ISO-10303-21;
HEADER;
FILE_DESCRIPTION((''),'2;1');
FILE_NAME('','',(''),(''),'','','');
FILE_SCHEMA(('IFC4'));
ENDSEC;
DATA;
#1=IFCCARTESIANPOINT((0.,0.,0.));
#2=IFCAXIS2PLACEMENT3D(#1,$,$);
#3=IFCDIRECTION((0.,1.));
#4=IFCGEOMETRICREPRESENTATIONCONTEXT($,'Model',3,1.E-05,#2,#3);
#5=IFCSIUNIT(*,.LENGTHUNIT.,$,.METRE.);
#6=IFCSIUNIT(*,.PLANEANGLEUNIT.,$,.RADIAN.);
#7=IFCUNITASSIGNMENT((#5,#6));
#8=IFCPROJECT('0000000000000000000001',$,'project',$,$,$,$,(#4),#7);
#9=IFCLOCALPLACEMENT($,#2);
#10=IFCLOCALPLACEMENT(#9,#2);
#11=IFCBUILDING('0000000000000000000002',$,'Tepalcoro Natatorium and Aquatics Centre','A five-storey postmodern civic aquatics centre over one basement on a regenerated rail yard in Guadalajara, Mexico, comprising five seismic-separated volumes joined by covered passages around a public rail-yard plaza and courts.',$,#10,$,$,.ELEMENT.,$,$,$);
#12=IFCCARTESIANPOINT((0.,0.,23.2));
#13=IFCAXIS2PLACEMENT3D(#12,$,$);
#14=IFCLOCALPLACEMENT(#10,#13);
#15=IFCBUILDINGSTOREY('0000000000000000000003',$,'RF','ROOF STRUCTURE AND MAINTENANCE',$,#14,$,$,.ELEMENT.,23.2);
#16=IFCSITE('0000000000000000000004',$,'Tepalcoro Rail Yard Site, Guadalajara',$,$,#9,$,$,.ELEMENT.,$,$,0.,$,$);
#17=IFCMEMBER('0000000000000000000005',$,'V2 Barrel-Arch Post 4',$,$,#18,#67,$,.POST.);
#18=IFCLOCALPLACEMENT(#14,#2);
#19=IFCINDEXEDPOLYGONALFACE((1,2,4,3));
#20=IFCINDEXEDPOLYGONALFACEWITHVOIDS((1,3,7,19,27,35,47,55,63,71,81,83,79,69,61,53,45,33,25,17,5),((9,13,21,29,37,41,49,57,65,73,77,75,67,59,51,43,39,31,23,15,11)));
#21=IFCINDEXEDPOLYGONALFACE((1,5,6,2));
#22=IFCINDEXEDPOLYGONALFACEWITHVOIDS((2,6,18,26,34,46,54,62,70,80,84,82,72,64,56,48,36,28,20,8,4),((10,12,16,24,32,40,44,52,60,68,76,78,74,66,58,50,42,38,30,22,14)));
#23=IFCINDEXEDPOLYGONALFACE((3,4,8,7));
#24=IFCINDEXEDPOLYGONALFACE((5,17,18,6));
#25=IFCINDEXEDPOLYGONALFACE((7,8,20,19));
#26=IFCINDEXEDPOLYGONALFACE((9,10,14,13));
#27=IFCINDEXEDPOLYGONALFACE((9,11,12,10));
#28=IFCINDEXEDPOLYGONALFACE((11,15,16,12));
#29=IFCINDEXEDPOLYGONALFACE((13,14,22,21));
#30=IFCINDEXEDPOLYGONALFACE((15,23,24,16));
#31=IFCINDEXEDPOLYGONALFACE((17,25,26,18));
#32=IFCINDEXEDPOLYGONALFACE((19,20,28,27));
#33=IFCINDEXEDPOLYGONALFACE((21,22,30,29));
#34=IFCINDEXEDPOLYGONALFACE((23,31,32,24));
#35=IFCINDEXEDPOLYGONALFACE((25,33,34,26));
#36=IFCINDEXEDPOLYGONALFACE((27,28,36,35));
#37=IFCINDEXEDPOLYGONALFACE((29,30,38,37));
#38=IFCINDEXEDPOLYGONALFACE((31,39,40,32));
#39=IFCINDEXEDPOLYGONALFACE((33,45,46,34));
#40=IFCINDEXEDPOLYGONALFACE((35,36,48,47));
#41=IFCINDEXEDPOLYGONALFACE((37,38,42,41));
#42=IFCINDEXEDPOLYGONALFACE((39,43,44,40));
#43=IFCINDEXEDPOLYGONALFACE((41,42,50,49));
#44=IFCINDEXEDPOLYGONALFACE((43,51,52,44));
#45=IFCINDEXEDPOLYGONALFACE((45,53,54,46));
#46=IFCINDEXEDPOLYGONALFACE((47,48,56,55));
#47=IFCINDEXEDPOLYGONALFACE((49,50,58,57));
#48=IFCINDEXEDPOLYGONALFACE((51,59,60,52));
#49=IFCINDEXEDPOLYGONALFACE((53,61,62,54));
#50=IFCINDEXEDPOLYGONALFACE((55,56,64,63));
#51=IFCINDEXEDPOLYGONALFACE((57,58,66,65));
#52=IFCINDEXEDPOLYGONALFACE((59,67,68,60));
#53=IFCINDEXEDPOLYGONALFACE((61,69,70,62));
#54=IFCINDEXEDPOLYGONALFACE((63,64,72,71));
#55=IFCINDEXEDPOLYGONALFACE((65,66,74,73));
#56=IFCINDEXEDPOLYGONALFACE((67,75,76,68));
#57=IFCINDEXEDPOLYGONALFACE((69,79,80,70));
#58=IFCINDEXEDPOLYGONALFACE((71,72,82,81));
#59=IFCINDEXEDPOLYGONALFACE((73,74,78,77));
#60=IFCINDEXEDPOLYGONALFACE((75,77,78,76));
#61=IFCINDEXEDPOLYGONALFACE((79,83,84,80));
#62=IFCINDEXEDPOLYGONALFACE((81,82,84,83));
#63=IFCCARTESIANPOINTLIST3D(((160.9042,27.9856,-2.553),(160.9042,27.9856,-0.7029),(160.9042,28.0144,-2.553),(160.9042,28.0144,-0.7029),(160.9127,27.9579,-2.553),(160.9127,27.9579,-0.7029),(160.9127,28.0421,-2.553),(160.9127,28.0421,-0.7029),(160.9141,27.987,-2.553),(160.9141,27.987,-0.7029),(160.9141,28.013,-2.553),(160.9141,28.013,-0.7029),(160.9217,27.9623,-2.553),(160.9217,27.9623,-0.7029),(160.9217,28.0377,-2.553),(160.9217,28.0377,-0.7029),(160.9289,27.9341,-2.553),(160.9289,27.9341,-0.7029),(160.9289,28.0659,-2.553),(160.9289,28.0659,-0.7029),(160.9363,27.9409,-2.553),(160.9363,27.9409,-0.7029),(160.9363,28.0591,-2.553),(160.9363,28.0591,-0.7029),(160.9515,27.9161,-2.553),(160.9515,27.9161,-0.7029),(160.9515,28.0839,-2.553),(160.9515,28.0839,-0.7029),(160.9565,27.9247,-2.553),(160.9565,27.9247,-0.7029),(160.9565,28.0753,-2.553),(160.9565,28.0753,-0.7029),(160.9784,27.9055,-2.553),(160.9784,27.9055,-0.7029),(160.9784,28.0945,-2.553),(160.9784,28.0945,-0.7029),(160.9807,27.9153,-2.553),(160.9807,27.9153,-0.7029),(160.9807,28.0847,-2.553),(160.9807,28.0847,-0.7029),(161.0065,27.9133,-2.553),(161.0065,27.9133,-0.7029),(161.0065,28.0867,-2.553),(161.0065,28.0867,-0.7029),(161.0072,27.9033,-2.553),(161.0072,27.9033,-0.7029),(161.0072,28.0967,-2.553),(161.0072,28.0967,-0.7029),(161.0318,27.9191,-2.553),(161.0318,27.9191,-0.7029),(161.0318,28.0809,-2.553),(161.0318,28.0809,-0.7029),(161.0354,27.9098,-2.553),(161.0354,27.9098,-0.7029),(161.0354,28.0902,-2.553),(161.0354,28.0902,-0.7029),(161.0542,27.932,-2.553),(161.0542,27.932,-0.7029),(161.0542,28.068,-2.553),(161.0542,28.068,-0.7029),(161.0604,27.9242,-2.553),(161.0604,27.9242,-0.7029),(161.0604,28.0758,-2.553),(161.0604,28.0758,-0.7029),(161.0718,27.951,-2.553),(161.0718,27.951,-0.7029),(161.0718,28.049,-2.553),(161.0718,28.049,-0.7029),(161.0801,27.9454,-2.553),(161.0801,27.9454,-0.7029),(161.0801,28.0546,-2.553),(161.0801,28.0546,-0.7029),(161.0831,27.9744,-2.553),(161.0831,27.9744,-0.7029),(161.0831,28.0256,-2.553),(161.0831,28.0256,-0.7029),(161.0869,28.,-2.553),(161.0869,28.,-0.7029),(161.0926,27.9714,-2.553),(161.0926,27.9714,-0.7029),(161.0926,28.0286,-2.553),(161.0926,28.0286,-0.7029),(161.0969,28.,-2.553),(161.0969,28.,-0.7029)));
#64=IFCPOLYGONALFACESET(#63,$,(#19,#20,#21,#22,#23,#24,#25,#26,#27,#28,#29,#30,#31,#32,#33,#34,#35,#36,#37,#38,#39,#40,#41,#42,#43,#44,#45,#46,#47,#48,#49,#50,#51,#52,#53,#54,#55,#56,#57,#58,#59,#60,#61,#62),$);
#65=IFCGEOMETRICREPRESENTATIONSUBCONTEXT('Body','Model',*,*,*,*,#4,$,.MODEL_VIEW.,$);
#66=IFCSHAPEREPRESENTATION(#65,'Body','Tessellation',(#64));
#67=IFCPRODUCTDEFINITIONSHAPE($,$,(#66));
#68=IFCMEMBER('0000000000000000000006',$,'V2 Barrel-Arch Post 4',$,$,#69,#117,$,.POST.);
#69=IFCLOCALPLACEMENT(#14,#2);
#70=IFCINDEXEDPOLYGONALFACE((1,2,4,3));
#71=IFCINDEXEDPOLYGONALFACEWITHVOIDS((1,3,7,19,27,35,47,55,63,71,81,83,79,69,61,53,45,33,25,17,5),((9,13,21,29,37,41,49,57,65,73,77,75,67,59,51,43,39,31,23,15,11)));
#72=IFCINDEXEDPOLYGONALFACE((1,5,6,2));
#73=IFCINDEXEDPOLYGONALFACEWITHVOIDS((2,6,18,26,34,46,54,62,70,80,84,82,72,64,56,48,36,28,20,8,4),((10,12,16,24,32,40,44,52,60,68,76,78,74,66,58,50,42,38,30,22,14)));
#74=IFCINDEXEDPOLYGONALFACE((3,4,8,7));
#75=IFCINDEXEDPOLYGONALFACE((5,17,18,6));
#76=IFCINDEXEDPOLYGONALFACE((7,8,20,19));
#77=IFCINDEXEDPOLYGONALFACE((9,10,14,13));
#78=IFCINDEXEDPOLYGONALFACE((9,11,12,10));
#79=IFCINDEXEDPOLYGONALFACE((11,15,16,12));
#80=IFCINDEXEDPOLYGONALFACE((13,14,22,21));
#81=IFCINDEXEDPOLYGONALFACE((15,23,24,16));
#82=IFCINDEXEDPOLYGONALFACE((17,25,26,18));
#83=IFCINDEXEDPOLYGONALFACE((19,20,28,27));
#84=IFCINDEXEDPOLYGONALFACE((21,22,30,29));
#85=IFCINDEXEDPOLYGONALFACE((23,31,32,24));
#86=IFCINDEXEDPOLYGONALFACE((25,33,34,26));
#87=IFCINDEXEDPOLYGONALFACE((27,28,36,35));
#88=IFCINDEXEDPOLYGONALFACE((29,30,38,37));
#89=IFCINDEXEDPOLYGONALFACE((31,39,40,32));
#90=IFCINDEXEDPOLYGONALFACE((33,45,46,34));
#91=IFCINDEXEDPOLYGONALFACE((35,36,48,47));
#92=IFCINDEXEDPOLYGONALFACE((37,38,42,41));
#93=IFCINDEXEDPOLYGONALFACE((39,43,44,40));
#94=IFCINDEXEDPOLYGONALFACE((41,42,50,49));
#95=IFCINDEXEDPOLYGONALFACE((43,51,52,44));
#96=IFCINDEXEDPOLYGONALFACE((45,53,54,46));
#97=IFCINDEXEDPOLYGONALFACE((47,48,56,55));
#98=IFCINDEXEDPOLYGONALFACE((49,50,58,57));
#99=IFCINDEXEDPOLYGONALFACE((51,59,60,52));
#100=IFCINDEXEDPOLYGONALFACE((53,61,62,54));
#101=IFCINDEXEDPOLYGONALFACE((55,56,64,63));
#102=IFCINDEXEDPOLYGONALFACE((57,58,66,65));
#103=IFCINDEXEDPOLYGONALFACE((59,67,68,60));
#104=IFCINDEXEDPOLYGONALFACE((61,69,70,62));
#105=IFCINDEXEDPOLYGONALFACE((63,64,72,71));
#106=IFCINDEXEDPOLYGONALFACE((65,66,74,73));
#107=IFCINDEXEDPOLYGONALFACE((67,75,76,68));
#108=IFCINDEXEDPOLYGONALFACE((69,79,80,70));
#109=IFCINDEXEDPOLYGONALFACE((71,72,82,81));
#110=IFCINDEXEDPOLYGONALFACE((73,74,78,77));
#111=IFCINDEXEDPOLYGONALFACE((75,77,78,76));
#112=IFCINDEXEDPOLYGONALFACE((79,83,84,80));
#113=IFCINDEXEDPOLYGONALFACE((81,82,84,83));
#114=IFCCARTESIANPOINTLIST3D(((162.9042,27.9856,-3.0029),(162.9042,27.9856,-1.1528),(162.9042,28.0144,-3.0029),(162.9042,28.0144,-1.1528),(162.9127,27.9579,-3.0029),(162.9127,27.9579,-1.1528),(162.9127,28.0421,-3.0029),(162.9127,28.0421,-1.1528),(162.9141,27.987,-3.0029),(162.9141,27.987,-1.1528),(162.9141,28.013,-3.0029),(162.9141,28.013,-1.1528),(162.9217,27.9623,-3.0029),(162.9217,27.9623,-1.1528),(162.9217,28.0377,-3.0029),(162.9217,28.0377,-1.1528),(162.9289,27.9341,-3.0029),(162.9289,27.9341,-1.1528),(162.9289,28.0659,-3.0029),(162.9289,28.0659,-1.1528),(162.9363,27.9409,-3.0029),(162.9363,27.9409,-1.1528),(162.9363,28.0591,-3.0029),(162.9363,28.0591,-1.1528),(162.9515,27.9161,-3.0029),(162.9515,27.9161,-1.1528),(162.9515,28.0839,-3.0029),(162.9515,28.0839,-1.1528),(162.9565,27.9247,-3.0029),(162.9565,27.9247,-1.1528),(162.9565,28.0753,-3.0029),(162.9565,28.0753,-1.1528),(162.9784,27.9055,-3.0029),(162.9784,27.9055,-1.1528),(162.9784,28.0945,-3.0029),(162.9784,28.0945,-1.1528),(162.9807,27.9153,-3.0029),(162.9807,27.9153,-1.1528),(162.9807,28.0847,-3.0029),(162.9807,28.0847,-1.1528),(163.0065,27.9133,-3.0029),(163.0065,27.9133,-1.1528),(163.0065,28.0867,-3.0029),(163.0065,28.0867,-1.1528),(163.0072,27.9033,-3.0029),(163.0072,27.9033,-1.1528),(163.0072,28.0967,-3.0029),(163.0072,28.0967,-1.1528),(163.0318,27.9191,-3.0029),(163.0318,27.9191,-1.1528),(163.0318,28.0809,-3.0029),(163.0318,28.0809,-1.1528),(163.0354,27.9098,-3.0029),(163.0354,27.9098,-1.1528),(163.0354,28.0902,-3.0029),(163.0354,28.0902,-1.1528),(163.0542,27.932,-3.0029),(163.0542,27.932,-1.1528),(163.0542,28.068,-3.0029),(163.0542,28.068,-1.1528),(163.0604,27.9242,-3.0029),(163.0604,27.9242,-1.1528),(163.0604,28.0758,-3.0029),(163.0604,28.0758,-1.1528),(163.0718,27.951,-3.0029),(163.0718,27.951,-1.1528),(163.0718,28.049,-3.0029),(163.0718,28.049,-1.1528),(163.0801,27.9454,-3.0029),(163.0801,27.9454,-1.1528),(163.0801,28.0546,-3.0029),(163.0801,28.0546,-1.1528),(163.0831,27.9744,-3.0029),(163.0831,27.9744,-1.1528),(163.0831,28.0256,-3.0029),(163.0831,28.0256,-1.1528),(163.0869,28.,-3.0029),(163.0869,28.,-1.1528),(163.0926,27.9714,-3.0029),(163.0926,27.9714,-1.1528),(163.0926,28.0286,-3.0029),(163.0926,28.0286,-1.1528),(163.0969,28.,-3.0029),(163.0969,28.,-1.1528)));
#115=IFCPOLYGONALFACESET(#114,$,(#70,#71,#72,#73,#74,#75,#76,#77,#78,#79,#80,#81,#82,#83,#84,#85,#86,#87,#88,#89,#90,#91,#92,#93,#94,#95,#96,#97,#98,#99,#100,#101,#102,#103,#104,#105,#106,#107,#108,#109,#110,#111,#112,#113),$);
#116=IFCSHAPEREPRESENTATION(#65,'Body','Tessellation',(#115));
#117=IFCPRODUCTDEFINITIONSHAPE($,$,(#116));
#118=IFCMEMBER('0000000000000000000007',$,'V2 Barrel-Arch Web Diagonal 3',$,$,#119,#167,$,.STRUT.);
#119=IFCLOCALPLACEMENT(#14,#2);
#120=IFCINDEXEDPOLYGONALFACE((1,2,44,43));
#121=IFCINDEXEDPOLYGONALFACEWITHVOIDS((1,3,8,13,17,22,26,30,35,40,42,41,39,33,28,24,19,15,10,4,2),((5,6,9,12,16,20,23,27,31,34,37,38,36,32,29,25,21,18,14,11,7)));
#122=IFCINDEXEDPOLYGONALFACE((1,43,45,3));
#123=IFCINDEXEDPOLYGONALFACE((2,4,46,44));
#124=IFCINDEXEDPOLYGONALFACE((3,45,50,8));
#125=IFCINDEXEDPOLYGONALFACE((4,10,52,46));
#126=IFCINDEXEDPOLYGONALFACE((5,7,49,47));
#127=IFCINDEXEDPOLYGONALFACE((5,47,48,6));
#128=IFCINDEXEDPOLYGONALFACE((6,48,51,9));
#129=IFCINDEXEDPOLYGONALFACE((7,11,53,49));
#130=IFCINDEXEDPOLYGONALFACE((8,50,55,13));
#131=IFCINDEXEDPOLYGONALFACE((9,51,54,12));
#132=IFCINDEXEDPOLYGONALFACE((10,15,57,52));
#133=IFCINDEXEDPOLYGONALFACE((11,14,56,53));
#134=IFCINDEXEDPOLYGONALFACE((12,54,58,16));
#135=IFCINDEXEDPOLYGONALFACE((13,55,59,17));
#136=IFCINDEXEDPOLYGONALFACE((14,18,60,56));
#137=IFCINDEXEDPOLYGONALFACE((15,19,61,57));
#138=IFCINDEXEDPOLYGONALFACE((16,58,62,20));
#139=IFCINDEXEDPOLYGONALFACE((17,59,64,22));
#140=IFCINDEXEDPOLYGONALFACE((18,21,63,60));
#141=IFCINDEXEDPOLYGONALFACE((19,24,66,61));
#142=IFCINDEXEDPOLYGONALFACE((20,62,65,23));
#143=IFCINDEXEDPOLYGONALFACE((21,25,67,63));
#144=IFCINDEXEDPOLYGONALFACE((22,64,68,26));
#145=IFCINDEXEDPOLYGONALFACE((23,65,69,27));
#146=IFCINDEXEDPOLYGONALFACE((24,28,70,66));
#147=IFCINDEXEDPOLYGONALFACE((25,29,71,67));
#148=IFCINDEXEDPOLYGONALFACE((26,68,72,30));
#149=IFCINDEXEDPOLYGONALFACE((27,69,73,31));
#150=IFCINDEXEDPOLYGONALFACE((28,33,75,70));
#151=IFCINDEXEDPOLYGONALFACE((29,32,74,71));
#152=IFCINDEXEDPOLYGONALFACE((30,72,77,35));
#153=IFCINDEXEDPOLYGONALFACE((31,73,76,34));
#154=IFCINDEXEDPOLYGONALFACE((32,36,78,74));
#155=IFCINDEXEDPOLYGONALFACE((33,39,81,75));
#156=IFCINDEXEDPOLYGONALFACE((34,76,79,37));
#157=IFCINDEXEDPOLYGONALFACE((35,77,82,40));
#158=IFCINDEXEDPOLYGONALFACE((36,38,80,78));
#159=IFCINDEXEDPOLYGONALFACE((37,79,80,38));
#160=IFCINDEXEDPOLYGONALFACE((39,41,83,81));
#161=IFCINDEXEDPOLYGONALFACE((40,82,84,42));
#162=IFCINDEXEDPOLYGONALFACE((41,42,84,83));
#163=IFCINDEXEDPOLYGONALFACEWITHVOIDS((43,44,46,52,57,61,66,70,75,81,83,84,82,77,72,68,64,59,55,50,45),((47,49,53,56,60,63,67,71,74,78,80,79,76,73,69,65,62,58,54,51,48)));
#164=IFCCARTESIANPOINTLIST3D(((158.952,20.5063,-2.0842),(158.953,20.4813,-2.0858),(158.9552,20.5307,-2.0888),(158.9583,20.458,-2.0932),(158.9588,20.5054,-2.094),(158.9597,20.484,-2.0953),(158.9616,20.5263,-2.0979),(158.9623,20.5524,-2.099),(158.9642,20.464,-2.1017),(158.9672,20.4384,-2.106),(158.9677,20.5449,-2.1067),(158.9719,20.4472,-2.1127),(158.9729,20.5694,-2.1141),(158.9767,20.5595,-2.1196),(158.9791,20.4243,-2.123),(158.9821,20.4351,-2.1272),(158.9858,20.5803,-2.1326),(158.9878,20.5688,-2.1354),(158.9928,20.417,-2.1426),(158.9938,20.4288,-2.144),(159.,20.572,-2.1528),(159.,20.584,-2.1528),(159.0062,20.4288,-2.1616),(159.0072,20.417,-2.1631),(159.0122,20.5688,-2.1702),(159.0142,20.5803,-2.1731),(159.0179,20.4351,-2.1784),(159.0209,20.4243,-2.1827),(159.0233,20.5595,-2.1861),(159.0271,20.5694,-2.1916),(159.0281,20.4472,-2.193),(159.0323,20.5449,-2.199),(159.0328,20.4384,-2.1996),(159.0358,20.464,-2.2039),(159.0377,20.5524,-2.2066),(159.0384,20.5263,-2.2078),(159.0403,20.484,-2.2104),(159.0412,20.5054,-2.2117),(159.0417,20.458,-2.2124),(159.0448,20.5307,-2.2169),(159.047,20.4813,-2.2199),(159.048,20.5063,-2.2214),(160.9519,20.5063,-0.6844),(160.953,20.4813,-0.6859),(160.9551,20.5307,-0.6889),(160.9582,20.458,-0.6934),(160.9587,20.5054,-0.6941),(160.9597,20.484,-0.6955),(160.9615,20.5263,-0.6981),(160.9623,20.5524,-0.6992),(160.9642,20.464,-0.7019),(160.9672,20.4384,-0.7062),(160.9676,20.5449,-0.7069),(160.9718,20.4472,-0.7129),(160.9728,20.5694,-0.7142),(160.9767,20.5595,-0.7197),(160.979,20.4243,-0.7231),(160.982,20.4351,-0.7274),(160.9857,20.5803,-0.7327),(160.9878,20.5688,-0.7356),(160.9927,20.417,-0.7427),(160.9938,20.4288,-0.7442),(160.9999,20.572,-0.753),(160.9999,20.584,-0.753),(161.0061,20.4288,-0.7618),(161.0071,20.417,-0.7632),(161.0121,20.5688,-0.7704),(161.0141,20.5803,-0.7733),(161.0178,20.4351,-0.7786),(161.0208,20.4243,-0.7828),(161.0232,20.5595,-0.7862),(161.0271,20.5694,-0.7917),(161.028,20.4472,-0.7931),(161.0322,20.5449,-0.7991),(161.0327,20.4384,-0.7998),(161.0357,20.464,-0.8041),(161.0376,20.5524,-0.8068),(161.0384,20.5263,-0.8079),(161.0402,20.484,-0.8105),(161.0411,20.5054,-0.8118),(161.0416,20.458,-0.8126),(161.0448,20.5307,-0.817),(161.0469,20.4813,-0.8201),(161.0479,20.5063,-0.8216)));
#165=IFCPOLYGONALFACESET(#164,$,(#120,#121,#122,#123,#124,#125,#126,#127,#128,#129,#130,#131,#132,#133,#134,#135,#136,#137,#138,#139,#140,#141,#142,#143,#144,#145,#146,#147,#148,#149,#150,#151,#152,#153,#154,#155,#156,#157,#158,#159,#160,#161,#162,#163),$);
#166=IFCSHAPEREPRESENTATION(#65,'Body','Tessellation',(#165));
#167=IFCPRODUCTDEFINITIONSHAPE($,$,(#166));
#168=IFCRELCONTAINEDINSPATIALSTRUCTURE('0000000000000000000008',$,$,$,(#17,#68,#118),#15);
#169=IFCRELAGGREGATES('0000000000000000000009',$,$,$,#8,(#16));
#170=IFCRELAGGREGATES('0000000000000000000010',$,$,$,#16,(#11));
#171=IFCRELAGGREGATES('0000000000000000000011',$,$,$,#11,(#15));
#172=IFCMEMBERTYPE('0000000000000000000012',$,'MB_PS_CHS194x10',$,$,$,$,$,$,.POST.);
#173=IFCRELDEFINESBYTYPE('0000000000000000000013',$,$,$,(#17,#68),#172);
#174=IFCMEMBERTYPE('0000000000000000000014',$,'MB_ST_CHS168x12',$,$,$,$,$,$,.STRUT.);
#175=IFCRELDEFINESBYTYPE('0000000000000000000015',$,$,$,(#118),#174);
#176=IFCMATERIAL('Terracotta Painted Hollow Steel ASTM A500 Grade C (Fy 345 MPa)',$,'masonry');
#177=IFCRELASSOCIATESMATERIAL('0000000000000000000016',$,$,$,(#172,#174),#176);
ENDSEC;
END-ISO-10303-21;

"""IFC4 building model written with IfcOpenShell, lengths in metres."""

from ifc_helpers import new_model, si_unit, direction, frame, origin, origin_2d, place, context, subcontext, project, spatial, hollow_circle, extrude, material, material_profile, profile_set, type_object, element, save


model = new_model("IFC4")

# Units and contexts
model_context = context("Model", 3, precision=1e-05, world=origin(), true_north=direction((0.0, 1.0)))
body_context = subcontext(model_context, "Body", "Model", "MODEL_VIEW")
ifc_project = project(units=[si_unit("LENGTHUNIT", "METRE"), si_unit("PLANEANGLEUNIT", "RADIAN")], contexts=[model_context])

# Site, building, storey
site_placement = place(None, origin())
site = spatial("IfcSite", under=ifc_project, at=site_placement, Name="Tepalcoro Rail Yard Site, Guadalajara", CompositionType="ELEMENT", RefElevation=0.0)
building_placement = place(site_placement, origin())
building = spatial("IfcBuilding", under=site, at=building_placement, Name="Tepalcoro Natatorium and Aquatics Centre", Description="A five-storey postmodern civic aquatics centre over one basement on a regenerated rail yard in Guadalajara, Mexico, comprising five seismic-separated volumes joined by covered passages around a public rail-yard plaza and courts.", CompositionType="ELEMENT")
storey_placement = place(building_placement, frame((0.0, 0.0, 23.2)))
storey = spatial("IfcBuildingStorey", under=building, at=storey_placement, Name="RF", Description="ROOF STRUCTURE AND MAINTENANCE", CompositionType="ELEMENT", Elevation=23.2)

# Shared definitions
ifc_material_1 = material(Name="Terracotta Painted Hollow Steel ASTM A500 Grade C (Fy 345 MPa)", Category="masonry")

# Members
ifc_material_profile_1 = material_profile(ifc_material_1, hollow_circle(Radius=0.0969, WallThickness=0.01, at=origin_2d()), Name="CHS194X10")
ifc_profile_set_1 = profile_set([ifc_material_profile_1], Name="Terracotta Painted Hollow Steel ASTM A500 Grade C (Fy 345 MPa)")
member_type_1 = type_object("IfcMemberType", Name="MB_PS_CHS194x10", PredefinedType="POST", material=ifc_profile_set_1)
for number, where, z_axis, x_axis, name in (
    (1, (161.0, 28.0, -2.553), (0.0, 0.0, 1.0), (1.0, 0.0, 0.0), "V2 Barrel-Arch Post 4"),
    (2, (163.0, 28.0, -3.0029), (0.0, 0.0, 1.0), (1.0, 0.0, 0.0), "V2 Barrel-Arch Post 4"),
):
    element("IfcMember", number, at=place(storey_placement, frame(where, z_axis=z_axis, x_axis=x_axis)), inside=storey, type_object=member_type_1, Name=name, PredefinedType="POST", context=body_context, shape_type="SweptSolid", body=[
        extrude(hollow_circle(Radius=0.0969, WallThickness=0.01, at=origin_2d()), origin(), (0.0, 0.0, 1.0), 1.8501),
    ])
ifc_material_profile_2 = material_profile(ifc_material_1, hollow_circle(Radius=0.084, WallThickness=0.012, at=origin_2d()), Name="CHS168X12")
ifc_profile_set_2 = profile_set([ifc_material_profile_2], Name="Terracotta Painted Hollow Steel ASTM A500 Grade C (Fy 345 MPa)")
member_type_2 = type_object("IfcMemberType", Name="MB_ST_CHS168x12", PredefinedType="STRUT", material=ifc_profile_set_2)
member_1_placement = place(storey_placement, frame((159.0, 20.5, -2.1528), z_axis=(0.819251, 0.0, 0.573435), x_axis=(0.0, 1.0, 0.0)))
element("IfcMember", 3, at=member_1_placement, inside=storey, type_object=member_type_2, Name="V2 Barrel-Arch Web Diagonal 3", PredefinedType="STRUT", context=body_context, shape_type="SweptSolid", body=[
    extrude(hollow_circle(Radius=0.084, WallThickness=0.012, at=origin_2d()), origin(), (0.0, 0.0, 1.0), 2.4412),
])

save(model, "model.ifc")
